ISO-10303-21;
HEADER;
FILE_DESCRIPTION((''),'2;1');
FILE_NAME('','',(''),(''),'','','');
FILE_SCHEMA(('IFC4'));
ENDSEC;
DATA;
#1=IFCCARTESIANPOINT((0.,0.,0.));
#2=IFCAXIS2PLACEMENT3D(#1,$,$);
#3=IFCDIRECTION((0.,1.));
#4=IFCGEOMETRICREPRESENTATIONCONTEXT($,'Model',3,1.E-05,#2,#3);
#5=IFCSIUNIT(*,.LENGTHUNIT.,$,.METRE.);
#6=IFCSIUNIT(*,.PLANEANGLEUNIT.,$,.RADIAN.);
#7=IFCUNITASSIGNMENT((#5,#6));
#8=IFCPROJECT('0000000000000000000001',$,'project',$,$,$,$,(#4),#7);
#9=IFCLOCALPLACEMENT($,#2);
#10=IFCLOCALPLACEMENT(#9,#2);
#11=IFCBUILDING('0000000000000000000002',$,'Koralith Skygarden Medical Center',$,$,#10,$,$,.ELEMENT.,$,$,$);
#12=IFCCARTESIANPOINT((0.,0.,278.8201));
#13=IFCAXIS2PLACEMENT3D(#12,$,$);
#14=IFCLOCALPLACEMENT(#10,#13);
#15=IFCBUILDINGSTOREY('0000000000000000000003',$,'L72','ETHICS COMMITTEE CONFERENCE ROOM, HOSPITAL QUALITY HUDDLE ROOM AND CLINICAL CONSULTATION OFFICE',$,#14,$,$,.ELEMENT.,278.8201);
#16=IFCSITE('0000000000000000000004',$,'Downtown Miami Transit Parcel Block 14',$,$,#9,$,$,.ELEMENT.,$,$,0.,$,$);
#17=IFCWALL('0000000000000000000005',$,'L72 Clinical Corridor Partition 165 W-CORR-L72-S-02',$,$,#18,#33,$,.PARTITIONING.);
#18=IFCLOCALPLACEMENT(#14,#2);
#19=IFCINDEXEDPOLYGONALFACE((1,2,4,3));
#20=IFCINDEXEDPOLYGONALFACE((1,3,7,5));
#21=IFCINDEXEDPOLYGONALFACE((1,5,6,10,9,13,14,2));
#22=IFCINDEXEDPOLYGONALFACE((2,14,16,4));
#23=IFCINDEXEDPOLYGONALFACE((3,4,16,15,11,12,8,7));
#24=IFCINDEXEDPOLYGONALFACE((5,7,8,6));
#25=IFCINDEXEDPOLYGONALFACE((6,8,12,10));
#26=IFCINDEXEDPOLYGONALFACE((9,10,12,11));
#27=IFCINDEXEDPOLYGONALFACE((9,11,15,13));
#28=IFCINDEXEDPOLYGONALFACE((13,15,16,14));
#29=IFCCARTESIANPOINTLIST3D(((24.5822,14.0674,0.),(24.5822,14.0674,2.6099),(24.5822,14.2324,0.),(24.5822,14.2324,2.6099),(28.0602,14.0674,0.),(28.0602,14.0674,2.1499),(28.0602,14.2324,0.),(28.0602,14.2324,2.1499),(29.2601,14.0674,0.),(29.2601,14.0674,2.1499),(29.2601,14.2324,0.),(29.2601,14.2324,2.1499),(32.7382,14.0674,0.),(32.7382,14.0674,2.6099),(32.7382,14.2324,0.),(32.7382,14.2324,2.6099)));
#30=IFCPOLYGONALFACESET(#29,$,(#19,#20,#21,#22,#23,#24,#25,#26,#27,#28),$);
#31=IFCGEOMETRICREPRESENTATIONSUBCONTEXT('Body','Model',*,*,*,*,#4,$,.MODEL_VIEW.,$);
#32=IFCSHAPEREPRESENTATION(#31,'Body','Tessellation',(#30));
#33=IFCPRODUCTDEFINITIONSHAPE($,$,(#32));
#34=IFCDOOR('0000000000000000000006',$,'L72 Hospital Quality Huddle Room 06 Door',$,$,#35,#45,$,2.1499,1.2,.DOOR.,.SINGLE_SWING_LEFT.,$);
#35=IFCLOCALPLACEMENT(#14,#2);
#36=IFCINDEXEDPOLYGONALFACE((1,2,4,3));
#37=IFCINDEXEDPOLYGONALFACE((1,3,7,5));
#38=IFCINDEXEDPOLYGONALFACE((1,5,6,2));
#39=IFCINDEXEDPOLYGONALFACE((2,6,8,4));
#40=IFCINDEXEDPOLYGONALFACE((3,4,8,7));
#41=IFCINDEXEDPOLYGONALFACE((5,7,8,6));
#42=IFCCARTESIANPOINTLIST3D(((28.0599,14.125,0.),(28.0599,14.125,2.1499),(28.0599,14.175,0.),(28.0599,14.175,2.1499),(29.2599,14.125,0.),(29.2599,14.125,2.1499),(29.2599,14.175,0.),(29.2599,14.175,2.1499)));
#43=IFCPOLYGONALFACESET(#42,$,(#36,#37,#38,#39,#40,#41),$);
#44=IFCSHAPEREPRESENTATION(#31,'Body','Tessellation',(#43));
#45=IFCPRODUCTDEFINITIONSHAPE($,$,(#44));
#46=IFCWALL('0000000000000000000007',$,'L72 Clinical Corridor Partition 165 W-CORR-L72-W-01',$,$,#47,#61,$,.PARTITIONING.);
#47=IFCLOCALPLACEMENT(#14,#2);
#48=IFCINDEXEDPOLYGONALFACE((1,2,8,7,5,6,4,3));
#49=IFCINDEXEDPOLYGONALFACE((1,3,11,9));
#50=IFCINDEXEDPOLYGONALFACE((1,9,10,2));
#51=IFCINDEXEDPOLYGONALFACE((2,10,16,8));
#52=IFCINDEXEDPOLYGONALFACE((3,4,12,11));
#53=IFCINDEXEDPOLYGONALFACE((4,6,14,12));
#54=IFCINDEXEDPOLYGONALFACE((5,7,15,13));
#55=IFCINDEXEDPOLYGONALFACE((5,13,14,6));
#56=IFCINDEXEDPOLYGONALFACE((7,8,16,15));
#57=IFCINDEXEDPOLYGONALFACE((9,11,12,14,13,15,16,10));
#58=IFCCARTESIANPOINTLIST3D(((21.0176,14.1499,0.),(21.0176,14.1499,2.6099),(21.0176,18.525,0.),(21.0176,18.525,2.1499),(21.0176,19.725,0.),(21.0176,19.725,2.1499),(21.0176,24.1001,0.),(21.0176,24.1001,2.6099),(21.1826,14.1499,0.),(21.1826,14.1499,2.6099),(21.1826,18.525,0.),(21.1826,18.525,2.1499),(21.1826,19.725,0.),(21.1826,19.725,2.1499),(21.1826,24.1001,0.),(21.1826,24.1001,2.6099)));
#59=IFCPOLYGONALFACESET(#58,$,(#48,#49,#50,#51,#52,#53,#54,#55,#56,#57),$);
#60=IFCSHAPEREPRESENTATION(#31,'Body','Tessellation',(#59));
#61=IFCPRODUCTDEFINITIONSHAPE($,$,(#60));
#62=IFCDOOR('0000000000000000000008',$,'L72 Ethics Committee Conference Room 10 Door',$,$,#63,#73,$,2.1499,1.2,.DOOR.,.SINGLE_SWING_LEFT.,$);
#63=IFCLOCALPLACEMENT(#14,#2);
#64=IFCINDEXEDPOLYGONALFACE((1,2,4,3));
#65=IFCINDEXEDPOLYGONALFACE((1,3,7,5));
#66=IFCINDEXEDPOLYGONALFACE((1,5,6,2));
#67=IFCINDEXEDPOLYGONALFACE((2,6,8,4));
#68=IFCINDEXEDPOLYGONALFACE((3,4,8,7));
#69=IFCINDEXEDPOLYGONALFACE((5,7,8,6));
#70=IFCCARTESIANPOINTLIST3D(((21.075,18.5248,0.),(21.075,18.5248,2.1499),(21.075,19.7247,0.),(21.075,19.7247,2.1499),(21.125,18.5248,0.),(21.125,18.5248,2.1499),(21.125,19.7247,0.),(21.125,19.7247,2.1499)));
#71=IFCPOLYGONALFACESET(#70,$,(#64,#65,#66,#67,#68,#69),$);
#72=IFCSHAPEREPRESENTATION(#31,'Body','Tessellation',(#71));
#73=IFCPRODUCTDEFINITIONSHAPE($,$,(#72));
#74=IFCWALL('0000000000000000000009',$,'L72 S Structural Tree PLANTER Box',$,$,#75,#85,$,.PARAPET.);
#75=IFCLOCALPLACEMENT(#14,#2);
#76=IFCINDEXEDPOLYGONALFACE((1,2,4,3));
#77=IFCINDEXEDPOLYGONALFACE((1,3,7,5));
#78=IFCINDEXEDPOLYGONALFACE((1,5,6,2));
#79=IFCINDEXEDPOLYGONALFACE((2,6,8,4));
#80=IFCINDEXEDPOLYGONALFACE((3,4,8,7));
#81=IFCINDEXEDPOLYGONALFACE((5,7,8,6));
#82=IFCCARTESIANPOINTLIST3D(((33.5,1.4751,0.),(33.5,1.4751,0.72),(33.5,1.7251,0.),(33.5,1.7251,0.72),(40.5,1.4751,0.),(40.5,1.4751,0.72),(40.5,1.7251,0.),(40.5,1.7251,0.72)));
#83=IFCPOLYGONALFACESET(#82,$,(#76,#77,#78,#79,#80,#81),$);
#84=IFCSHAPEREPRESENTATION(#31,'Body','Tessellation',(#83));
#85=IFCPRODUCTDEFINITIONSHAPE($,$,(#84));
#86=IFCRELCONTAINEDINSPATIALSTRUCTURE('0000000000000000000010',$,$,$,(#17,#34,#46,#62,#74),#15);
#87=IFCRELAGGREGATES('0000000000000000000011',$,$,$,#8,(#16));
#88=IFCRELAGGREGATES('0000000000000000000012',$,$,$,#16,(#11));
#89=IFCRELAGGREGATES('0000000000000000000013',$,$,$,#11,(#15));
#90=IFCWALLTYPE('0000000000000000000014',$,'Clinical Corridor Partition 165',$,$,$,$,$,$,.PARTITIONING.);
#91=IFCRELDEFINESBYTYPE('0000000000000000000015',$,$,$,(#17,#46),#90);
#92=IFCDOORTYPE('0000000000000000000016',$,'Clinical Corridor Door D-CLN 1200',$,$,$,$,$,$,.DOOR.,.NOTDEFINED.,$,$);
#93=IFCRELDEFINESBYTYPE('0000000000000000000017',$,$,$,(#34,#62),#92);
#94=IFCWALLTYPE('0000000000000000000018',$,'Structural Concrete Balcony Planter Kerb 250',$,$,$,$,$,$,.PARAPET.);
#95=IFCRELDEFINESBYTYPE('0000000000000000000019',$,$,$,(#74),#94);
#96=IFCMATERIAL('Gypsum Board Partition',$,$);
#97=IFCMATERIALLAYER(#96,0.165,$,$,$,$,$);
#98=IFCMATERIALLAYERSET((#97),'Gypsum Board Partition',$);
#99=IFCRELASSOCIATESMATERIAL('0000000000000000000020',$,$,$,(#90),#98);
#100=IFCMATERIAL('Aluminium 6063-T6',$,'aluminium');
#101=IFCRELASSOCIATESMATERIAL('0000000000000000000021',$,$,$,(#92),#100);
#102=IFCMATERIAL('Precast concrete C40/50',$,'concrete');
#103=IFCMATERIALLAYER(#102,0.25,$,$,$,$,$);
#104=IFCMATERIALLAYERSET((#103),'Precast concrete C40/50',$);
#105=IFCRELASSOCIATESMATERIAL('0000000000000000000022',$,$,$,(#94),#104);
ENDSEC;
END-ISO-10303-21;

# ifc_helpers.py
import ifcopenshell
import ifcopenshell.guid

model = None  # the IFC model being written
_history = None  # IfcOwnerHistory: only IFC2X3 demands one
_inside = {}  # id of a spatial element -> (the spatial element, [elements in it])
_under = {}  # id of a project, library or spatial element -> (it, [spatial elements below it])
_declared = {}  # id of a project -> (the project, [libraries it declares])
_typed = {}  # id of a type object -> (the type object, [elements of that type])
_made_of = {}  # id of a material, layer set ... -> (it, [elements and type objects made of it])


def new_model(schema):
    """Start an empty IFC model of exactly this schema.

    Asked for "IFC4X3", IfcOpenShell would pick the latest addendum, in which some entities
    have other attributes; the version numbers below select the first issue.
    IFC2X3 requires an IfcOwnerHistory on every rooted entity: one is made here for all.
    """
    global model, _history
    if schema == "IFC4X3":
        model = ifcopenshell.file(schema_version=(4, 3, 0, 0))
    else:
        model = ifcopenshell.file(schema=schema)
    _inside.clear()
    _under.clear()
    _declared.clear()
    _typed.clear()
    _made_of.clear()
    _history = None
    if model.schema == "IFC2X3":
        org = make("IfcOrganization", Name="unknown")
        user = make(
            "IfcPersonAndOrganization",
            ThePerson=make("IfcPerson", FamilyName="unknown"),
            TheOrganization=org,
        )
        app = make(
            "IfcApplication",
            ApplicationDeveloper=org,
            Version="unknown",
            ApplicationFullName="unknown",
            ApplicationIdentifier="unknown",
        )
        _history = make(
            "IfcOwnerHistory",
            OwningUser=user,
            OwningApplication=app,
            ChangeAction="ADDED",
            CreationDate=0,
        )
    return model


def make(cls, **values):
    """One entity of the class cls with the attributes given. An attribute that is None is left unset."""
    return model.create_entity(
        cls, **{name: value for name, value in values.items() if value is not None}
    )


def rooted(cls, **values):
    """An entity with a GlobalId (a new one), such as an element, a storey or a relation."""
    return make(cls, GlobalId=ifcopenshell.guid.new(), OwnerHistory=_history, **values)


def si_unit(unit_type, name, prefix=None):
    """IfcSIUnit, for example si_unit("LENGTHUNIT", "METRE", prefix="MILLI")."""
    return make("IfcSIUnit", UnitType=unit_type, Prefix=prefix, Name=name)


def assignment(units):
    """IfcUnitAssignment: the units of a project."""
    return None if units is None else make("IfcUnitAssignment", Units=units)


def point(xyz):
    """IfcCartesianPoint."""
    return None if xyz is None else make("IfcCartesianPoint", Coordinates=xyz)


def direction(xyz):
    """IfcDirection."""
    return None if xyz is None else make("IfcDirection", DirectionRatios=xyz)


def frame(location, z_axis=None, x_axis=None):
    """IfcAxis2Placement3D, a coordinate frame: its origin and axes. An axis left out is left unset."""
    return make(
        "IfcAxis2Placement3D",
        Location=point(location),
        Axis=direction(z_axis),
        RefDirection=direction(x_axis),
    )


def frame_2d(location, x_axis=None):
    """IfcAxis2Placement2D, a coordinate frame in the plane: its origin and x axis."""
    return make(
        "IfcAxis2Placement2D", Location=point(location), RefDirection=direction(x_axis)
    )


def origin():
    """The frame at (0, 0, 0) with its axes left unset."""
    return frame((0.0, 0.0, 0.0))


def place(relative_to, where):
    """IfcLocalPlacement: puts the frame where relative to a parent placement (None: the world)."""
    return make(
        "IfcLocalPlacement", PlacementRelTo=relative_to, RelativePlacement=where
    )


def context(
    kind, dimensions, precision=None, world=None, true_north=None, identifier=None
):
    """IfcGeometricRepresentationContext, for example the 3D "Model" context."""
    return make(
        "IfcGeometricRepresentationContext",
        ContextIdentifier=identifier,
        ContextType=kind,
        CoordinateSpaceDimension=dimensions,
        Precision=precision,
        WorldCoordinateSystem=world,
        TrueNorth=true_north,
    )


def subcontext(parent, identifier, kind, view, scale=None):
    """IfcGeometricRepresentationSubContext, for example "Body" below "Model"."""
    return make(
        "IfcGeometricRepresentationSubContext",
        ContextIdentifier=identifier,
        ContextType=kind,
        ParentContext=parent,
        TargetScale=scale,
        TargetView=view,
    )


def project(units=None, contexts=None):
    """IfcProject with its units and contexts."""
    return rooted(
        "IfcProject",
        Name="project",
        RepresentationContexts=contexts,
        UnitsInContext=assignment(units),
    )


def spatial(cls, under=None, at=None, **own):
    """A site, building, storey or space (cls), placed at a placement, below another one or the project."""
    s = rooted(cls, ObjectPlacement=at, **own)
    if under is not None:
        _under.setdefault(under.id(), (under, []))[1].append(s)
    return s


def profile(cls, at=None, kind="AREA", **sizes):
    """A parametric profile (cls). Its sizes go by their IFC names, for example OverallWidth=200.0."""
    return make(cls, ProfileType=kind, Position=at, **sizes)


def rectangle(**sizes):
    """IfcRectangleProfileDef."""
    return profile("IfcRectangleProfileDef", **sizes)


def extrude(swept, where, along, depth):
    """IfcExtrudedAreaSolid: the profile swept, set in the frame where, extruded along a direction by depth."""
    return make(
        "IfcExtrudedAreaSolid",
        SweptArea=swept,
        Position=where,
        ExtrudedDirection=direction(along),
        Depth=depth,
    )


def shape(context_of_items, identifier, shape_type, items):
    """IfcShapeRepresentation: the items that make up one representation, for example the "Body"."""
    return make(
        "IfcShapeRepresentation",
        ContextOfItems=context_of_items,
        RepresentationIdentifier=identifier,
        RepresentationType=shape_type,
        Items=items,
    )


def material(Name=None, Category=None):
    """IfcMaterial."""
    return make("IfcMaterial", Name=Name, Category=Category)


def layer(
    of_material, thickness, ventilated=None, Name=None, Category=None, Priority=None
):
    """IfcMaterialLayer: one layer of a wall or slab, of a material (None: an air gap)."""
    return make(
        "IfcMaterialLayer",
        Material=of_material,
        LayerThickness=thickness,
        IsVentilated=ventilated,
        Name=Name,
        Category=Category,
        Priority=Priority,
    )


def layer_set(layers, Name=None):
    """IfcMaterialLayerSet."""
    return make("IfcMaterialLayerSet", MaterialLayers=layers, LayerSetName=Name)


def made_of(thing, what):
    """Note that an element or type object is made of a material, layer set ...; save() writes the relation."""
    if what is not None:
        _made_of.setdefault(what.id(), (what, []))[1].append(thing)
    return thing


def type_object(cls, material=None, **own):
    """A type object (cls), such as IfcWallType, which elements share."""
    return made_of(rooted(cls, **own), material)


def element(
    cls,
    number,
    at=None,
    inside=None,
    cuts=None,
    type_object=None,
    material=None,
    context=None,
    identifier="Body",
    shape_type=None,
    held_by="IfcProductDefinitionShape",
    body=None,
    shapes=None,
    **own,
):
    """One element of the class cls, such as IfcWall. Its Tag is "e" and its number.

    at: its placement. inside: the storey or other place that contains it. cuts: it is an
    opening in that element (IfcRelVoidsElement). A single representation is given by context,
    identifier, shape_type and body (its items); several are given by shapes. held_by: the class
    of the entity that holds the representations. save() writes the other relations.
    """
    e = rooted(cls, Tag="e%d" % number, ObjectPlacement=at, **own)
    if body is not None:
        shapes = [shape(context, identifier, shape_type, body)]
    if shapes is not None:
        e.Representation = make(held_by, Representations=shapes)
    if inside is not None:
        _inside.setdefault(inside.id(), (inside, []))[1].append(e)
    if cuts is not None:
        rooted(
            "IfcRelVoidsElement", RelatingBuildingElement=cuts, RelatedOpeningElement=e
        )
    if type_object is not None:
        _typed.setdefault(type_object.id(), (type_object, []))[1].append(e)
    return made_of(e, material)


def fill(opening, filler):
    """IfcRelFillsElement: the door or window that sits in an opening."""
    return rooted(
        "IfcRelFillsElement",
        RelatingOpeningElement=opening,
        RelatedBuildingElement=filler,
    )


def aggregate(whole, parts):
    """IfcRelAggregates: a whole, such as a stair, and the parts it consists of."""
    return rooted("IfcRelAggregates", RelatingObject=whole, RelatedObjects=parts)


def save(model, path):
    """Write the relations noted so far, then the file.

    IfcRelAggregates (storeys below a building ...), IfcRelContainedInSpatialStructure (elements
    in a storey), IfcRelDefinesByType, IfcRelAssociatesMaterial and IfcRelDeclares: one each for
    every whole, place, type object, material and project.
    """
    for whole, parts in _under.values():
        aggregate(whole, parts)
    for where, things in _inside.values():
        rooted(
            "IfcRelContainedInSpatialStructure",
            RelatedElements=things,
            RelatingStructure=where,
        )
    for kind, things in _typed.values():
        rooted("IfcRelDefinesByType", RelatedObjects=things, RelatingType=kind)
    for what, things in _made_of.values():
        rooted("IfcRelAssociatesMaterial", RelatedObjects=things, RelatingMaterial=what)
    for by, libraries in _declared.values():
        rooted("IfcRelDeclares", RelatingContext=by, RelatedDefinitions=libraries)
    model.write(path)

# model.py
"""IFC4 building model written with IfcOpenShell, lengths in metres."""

from ifc_helpers import new_model, si_unit, direction, frame, frame_2d, origin, place, context, subcontext, project, spatial, rectangle, extrude, material, layer, layer_set, type_object, element, fill, save


model = new_model("IFC4")

# Units and contexts
model_context = context("Model", 3, precision=1e-05, world=origin(), true_north=direction((0.0, 1.0)))
body_context = subcontext(model_context, "Body", "Model", "MODEL_VIEW")
ifc_project = project(units=[si_unit("LENGTHUNIT", "METRE"), si_unit("PLANEANGLEUNIT", "RADIAN")], contexts=[model_context])

# Site, building, storey
site_placement = place(None, origin())
site = spatial("IfcSite", under=ifc_project, at=site_placement, Name="Downtown Miami Transit Parcel Block 14", CompositionType="ELEMENT", RefElevation=0.0)
building_placement = place(site_placement, origin())
building = spatial("IfcBuilding", under=site, at=building_placement, Name="Koralith Skygarden Medical Center", CompositionType="ELEMENT")
storey_placement = place(building_placement, frame((0.0, 0.0, 278.8201)))
storey = spatial("IfcBuildingStorey", under=building, at=storey_placement, Name="L72", Description="ETHICS COMMITTEE CONFERENCE ROOM, HOSPITAL QUALITY HUDDLE ROOM AND CLINICAL CONSULTATION OFFICE", CompositionType="ELEMENT", Elevation=278.8201)

# Shared definitions
ifc_material_1 = material(Name="Aluminium 6063-T6", Category="aluminium")

# Shared definitions
ifc_material_2 = material(Name="Gypsum Board Partition")

# Walls, openings, doors
ifc_layer_1 = layer(ifc_material_2, 0.165)
ifc_layer_set_1 = layer_set([ifc_layer_1], Name="Gypsum Board Partition")
wall_type_1 = type_object("IfcWallType", Name="Clinical Corridor Partition 165", PredefinedType="PARTITIONING", material=ifc_layer_set_1)
door_type = type_object("IfcDoorType", Name="Clinical Corridor Door D-CLN 1200", OperationType="NOTDEFINED", PredefinedType="DOOR", material=ifc_material_1)
wall_1_placement = place(storey_placement, frame((24.582, 14.1499, 0.0), z_axis=(0.0, 0.0, 1.0), x_axis=(1.0, 0.0, 0.0)))
wall_1 = element("IfcWall", 1, at=wall_1_placement, inside=storey, type_object=wall_type_1, Name="L72 Clinical Corridor Partition 165 W-CORR-L72-S-02", PredefinedType="PARTITIONING", context=body_context, shape_type="SweptSolid", body=[
    extrude(rectangle(XDim=8.156, YDim=0.165, at=frame_2d((4.0781, 0.0))), origin(), (0.0, 0.0, 1.0), 2.6099),
])
opening_1_placement = place(wall_1_placement, frame((3.478, 0.0, 0.0)))
opening_1 = element("IfcOpeningElement", 2, at=opening_1_placement, cuts=wall_1, PredefinedType="OPENING", context=body_context, shape_type="SweptSolid", body=[
    extrude(rectangle(XDim=1.2, YDim=2.1499, at=frame_2d((0.6001, 1.075))), frame((0.0, 0.0925, 0.0), z_axis=(0.0, -1.0, 0.0), x_axis=(1.0, 0.0, 0.0)), (0.0, 0.0, 1.0), 0.1851),
])
door_1_placement = place(opening_1_placement, frame((1.2, 0.0, 0.0), z_axis=(0.0, 0.0, 1.0), x_axis=(-1.0, 0.0, 0.0)))
door_1 = element("IfcDoor", 3, at=door_1_placement, inside=storey, type_object=door_type, Name="L72 Hospital Quality Huddle Room 06 Door", OperationType="SINGLE_SWING_LEFT", OverallHeight=2.1499, OverallWidth=1.2, PredefinedType="DOOR", context=body_context, shape_type="SweptSolid", body=[
    extrude(rectangle(XDim=1.2, YDim=2.1499, at=frame_2d((0.6001, 1.075))), frame((0.0, 0.0249, 0.0), z_axis=(0.0, -1.0, 0.0), x_axis=(1.0, 0.0, 0.0)), (0.0, 0.0, 1.0), 0.05),
])
fill(opening_1, door_1)
wall_2_placement = place(storey_placement, frame((21.1001, 14.1499, 0.0), z_axis=(0.0, 0.0, 1.0), x_axis=(0.0, 1.0, 0.0)))
wall_2 = element("IfcWall", 4, at=wall_2_placement, inside=storey, type_object=wall_type_1, Name="L72 Clinical Corridor Partition 165 W-CORR-L72-W-01", PredefinedType="PARTITIONING", context=body_context, shape_type="SweptSolid", body=[
    extrude(rectangle(XDim=9.9502, YDim=0.165, at=frame_2d((4.9751, 0.0))), origin(), (0.0, 0.0, 1.0), 2.6099),
])
opening_2_placement = place(wall_2_placement, frame((4.375, 0.0, 0.0)))
opening_2 = element("IfcOpeningElement", 5, at=opening_2_placement, cuts=wall_2, PredefinedType="OPENING", context=body_context, shape_type="SweptSolid", body=[
    extrude(rectangle(XDim=1.2, YDim=2.1499, at=frame_2d((0.6001, 1.075))), frame((0.0, 0.0925, 0.0), z_axis=(0.0, -1.0, 0.0), x_axis=(1.0, 0.0, 0.0)), (0.0, 0.0, 1.0), 0.1851),
])
door_2_placement = place(opening_2_placement, frame((1.2, 0.0, 0.0), z_axis=(0.0, 0.0, 1.0), x_axis=(-1.0, 0.0, 0.0)))
door_2 = element("IfcDoor", 6, at=door_2_placement, inside=storey, type_object=door_type, Name="L72 Ethics Committee Conference Room 10 Door", OperationType="SINGLE_SWING_LEFT", OverallHeight=2.1499, OverallWidth=1.2, PredefinedType="DOOR", context=body_context, shape_type="SweptSolid", body=[
    extrude(rectangle(XDim=1.2, YDim=2.1499, at=frame_2d((0.6001, 1.075))), frame((0.0, 0.0249, 0.0), z_axis=(0.0, -1.0, 0.0), x_axis=(1.0, 0.0, 0.0)), (0.0, 0.0, 1.0), 0.05),
])
fill(opening_2, door_2)

# Wall
ifc_material_3 = material(Name="Precast concrete C40/50", Category="concrete")
ifc_layer_2 = layer(ifc_material_3, 0.25)
ifc_layer_set_2 = layer_set([ifc_layer_2], Name="Precast concrete C40/50")
wall_type_2 = type_object("IfcWallType", Name="Structural Concrete Balcony Planter Kerb 250", PredefinedType="PARAPET", material=ifc_layer_set_2)
wall_3_placement = place(storey_placement, frame((33.5, 1.6001, 0.0), z_axis=(0.0, 0.0, 1.0), x_axis=(1.0, 0.0, 0.0)))
element("IfcWall", 7, at=wall_3_placement, inside=storey, type_object=wall_type_2, Name="L72 S Structural Tree PLANTER Box", PredefinedType="PARAPET", context=body_context, shape_type="SweptSolid", body=[
    extrude(rectangle(XDim=7.0, YDim=0.25, at=frame_2d((3.5, 0.0))), origin(), (0.0, 0.0, 1.0), 0.72),
])

save(model, "model.ifc")
